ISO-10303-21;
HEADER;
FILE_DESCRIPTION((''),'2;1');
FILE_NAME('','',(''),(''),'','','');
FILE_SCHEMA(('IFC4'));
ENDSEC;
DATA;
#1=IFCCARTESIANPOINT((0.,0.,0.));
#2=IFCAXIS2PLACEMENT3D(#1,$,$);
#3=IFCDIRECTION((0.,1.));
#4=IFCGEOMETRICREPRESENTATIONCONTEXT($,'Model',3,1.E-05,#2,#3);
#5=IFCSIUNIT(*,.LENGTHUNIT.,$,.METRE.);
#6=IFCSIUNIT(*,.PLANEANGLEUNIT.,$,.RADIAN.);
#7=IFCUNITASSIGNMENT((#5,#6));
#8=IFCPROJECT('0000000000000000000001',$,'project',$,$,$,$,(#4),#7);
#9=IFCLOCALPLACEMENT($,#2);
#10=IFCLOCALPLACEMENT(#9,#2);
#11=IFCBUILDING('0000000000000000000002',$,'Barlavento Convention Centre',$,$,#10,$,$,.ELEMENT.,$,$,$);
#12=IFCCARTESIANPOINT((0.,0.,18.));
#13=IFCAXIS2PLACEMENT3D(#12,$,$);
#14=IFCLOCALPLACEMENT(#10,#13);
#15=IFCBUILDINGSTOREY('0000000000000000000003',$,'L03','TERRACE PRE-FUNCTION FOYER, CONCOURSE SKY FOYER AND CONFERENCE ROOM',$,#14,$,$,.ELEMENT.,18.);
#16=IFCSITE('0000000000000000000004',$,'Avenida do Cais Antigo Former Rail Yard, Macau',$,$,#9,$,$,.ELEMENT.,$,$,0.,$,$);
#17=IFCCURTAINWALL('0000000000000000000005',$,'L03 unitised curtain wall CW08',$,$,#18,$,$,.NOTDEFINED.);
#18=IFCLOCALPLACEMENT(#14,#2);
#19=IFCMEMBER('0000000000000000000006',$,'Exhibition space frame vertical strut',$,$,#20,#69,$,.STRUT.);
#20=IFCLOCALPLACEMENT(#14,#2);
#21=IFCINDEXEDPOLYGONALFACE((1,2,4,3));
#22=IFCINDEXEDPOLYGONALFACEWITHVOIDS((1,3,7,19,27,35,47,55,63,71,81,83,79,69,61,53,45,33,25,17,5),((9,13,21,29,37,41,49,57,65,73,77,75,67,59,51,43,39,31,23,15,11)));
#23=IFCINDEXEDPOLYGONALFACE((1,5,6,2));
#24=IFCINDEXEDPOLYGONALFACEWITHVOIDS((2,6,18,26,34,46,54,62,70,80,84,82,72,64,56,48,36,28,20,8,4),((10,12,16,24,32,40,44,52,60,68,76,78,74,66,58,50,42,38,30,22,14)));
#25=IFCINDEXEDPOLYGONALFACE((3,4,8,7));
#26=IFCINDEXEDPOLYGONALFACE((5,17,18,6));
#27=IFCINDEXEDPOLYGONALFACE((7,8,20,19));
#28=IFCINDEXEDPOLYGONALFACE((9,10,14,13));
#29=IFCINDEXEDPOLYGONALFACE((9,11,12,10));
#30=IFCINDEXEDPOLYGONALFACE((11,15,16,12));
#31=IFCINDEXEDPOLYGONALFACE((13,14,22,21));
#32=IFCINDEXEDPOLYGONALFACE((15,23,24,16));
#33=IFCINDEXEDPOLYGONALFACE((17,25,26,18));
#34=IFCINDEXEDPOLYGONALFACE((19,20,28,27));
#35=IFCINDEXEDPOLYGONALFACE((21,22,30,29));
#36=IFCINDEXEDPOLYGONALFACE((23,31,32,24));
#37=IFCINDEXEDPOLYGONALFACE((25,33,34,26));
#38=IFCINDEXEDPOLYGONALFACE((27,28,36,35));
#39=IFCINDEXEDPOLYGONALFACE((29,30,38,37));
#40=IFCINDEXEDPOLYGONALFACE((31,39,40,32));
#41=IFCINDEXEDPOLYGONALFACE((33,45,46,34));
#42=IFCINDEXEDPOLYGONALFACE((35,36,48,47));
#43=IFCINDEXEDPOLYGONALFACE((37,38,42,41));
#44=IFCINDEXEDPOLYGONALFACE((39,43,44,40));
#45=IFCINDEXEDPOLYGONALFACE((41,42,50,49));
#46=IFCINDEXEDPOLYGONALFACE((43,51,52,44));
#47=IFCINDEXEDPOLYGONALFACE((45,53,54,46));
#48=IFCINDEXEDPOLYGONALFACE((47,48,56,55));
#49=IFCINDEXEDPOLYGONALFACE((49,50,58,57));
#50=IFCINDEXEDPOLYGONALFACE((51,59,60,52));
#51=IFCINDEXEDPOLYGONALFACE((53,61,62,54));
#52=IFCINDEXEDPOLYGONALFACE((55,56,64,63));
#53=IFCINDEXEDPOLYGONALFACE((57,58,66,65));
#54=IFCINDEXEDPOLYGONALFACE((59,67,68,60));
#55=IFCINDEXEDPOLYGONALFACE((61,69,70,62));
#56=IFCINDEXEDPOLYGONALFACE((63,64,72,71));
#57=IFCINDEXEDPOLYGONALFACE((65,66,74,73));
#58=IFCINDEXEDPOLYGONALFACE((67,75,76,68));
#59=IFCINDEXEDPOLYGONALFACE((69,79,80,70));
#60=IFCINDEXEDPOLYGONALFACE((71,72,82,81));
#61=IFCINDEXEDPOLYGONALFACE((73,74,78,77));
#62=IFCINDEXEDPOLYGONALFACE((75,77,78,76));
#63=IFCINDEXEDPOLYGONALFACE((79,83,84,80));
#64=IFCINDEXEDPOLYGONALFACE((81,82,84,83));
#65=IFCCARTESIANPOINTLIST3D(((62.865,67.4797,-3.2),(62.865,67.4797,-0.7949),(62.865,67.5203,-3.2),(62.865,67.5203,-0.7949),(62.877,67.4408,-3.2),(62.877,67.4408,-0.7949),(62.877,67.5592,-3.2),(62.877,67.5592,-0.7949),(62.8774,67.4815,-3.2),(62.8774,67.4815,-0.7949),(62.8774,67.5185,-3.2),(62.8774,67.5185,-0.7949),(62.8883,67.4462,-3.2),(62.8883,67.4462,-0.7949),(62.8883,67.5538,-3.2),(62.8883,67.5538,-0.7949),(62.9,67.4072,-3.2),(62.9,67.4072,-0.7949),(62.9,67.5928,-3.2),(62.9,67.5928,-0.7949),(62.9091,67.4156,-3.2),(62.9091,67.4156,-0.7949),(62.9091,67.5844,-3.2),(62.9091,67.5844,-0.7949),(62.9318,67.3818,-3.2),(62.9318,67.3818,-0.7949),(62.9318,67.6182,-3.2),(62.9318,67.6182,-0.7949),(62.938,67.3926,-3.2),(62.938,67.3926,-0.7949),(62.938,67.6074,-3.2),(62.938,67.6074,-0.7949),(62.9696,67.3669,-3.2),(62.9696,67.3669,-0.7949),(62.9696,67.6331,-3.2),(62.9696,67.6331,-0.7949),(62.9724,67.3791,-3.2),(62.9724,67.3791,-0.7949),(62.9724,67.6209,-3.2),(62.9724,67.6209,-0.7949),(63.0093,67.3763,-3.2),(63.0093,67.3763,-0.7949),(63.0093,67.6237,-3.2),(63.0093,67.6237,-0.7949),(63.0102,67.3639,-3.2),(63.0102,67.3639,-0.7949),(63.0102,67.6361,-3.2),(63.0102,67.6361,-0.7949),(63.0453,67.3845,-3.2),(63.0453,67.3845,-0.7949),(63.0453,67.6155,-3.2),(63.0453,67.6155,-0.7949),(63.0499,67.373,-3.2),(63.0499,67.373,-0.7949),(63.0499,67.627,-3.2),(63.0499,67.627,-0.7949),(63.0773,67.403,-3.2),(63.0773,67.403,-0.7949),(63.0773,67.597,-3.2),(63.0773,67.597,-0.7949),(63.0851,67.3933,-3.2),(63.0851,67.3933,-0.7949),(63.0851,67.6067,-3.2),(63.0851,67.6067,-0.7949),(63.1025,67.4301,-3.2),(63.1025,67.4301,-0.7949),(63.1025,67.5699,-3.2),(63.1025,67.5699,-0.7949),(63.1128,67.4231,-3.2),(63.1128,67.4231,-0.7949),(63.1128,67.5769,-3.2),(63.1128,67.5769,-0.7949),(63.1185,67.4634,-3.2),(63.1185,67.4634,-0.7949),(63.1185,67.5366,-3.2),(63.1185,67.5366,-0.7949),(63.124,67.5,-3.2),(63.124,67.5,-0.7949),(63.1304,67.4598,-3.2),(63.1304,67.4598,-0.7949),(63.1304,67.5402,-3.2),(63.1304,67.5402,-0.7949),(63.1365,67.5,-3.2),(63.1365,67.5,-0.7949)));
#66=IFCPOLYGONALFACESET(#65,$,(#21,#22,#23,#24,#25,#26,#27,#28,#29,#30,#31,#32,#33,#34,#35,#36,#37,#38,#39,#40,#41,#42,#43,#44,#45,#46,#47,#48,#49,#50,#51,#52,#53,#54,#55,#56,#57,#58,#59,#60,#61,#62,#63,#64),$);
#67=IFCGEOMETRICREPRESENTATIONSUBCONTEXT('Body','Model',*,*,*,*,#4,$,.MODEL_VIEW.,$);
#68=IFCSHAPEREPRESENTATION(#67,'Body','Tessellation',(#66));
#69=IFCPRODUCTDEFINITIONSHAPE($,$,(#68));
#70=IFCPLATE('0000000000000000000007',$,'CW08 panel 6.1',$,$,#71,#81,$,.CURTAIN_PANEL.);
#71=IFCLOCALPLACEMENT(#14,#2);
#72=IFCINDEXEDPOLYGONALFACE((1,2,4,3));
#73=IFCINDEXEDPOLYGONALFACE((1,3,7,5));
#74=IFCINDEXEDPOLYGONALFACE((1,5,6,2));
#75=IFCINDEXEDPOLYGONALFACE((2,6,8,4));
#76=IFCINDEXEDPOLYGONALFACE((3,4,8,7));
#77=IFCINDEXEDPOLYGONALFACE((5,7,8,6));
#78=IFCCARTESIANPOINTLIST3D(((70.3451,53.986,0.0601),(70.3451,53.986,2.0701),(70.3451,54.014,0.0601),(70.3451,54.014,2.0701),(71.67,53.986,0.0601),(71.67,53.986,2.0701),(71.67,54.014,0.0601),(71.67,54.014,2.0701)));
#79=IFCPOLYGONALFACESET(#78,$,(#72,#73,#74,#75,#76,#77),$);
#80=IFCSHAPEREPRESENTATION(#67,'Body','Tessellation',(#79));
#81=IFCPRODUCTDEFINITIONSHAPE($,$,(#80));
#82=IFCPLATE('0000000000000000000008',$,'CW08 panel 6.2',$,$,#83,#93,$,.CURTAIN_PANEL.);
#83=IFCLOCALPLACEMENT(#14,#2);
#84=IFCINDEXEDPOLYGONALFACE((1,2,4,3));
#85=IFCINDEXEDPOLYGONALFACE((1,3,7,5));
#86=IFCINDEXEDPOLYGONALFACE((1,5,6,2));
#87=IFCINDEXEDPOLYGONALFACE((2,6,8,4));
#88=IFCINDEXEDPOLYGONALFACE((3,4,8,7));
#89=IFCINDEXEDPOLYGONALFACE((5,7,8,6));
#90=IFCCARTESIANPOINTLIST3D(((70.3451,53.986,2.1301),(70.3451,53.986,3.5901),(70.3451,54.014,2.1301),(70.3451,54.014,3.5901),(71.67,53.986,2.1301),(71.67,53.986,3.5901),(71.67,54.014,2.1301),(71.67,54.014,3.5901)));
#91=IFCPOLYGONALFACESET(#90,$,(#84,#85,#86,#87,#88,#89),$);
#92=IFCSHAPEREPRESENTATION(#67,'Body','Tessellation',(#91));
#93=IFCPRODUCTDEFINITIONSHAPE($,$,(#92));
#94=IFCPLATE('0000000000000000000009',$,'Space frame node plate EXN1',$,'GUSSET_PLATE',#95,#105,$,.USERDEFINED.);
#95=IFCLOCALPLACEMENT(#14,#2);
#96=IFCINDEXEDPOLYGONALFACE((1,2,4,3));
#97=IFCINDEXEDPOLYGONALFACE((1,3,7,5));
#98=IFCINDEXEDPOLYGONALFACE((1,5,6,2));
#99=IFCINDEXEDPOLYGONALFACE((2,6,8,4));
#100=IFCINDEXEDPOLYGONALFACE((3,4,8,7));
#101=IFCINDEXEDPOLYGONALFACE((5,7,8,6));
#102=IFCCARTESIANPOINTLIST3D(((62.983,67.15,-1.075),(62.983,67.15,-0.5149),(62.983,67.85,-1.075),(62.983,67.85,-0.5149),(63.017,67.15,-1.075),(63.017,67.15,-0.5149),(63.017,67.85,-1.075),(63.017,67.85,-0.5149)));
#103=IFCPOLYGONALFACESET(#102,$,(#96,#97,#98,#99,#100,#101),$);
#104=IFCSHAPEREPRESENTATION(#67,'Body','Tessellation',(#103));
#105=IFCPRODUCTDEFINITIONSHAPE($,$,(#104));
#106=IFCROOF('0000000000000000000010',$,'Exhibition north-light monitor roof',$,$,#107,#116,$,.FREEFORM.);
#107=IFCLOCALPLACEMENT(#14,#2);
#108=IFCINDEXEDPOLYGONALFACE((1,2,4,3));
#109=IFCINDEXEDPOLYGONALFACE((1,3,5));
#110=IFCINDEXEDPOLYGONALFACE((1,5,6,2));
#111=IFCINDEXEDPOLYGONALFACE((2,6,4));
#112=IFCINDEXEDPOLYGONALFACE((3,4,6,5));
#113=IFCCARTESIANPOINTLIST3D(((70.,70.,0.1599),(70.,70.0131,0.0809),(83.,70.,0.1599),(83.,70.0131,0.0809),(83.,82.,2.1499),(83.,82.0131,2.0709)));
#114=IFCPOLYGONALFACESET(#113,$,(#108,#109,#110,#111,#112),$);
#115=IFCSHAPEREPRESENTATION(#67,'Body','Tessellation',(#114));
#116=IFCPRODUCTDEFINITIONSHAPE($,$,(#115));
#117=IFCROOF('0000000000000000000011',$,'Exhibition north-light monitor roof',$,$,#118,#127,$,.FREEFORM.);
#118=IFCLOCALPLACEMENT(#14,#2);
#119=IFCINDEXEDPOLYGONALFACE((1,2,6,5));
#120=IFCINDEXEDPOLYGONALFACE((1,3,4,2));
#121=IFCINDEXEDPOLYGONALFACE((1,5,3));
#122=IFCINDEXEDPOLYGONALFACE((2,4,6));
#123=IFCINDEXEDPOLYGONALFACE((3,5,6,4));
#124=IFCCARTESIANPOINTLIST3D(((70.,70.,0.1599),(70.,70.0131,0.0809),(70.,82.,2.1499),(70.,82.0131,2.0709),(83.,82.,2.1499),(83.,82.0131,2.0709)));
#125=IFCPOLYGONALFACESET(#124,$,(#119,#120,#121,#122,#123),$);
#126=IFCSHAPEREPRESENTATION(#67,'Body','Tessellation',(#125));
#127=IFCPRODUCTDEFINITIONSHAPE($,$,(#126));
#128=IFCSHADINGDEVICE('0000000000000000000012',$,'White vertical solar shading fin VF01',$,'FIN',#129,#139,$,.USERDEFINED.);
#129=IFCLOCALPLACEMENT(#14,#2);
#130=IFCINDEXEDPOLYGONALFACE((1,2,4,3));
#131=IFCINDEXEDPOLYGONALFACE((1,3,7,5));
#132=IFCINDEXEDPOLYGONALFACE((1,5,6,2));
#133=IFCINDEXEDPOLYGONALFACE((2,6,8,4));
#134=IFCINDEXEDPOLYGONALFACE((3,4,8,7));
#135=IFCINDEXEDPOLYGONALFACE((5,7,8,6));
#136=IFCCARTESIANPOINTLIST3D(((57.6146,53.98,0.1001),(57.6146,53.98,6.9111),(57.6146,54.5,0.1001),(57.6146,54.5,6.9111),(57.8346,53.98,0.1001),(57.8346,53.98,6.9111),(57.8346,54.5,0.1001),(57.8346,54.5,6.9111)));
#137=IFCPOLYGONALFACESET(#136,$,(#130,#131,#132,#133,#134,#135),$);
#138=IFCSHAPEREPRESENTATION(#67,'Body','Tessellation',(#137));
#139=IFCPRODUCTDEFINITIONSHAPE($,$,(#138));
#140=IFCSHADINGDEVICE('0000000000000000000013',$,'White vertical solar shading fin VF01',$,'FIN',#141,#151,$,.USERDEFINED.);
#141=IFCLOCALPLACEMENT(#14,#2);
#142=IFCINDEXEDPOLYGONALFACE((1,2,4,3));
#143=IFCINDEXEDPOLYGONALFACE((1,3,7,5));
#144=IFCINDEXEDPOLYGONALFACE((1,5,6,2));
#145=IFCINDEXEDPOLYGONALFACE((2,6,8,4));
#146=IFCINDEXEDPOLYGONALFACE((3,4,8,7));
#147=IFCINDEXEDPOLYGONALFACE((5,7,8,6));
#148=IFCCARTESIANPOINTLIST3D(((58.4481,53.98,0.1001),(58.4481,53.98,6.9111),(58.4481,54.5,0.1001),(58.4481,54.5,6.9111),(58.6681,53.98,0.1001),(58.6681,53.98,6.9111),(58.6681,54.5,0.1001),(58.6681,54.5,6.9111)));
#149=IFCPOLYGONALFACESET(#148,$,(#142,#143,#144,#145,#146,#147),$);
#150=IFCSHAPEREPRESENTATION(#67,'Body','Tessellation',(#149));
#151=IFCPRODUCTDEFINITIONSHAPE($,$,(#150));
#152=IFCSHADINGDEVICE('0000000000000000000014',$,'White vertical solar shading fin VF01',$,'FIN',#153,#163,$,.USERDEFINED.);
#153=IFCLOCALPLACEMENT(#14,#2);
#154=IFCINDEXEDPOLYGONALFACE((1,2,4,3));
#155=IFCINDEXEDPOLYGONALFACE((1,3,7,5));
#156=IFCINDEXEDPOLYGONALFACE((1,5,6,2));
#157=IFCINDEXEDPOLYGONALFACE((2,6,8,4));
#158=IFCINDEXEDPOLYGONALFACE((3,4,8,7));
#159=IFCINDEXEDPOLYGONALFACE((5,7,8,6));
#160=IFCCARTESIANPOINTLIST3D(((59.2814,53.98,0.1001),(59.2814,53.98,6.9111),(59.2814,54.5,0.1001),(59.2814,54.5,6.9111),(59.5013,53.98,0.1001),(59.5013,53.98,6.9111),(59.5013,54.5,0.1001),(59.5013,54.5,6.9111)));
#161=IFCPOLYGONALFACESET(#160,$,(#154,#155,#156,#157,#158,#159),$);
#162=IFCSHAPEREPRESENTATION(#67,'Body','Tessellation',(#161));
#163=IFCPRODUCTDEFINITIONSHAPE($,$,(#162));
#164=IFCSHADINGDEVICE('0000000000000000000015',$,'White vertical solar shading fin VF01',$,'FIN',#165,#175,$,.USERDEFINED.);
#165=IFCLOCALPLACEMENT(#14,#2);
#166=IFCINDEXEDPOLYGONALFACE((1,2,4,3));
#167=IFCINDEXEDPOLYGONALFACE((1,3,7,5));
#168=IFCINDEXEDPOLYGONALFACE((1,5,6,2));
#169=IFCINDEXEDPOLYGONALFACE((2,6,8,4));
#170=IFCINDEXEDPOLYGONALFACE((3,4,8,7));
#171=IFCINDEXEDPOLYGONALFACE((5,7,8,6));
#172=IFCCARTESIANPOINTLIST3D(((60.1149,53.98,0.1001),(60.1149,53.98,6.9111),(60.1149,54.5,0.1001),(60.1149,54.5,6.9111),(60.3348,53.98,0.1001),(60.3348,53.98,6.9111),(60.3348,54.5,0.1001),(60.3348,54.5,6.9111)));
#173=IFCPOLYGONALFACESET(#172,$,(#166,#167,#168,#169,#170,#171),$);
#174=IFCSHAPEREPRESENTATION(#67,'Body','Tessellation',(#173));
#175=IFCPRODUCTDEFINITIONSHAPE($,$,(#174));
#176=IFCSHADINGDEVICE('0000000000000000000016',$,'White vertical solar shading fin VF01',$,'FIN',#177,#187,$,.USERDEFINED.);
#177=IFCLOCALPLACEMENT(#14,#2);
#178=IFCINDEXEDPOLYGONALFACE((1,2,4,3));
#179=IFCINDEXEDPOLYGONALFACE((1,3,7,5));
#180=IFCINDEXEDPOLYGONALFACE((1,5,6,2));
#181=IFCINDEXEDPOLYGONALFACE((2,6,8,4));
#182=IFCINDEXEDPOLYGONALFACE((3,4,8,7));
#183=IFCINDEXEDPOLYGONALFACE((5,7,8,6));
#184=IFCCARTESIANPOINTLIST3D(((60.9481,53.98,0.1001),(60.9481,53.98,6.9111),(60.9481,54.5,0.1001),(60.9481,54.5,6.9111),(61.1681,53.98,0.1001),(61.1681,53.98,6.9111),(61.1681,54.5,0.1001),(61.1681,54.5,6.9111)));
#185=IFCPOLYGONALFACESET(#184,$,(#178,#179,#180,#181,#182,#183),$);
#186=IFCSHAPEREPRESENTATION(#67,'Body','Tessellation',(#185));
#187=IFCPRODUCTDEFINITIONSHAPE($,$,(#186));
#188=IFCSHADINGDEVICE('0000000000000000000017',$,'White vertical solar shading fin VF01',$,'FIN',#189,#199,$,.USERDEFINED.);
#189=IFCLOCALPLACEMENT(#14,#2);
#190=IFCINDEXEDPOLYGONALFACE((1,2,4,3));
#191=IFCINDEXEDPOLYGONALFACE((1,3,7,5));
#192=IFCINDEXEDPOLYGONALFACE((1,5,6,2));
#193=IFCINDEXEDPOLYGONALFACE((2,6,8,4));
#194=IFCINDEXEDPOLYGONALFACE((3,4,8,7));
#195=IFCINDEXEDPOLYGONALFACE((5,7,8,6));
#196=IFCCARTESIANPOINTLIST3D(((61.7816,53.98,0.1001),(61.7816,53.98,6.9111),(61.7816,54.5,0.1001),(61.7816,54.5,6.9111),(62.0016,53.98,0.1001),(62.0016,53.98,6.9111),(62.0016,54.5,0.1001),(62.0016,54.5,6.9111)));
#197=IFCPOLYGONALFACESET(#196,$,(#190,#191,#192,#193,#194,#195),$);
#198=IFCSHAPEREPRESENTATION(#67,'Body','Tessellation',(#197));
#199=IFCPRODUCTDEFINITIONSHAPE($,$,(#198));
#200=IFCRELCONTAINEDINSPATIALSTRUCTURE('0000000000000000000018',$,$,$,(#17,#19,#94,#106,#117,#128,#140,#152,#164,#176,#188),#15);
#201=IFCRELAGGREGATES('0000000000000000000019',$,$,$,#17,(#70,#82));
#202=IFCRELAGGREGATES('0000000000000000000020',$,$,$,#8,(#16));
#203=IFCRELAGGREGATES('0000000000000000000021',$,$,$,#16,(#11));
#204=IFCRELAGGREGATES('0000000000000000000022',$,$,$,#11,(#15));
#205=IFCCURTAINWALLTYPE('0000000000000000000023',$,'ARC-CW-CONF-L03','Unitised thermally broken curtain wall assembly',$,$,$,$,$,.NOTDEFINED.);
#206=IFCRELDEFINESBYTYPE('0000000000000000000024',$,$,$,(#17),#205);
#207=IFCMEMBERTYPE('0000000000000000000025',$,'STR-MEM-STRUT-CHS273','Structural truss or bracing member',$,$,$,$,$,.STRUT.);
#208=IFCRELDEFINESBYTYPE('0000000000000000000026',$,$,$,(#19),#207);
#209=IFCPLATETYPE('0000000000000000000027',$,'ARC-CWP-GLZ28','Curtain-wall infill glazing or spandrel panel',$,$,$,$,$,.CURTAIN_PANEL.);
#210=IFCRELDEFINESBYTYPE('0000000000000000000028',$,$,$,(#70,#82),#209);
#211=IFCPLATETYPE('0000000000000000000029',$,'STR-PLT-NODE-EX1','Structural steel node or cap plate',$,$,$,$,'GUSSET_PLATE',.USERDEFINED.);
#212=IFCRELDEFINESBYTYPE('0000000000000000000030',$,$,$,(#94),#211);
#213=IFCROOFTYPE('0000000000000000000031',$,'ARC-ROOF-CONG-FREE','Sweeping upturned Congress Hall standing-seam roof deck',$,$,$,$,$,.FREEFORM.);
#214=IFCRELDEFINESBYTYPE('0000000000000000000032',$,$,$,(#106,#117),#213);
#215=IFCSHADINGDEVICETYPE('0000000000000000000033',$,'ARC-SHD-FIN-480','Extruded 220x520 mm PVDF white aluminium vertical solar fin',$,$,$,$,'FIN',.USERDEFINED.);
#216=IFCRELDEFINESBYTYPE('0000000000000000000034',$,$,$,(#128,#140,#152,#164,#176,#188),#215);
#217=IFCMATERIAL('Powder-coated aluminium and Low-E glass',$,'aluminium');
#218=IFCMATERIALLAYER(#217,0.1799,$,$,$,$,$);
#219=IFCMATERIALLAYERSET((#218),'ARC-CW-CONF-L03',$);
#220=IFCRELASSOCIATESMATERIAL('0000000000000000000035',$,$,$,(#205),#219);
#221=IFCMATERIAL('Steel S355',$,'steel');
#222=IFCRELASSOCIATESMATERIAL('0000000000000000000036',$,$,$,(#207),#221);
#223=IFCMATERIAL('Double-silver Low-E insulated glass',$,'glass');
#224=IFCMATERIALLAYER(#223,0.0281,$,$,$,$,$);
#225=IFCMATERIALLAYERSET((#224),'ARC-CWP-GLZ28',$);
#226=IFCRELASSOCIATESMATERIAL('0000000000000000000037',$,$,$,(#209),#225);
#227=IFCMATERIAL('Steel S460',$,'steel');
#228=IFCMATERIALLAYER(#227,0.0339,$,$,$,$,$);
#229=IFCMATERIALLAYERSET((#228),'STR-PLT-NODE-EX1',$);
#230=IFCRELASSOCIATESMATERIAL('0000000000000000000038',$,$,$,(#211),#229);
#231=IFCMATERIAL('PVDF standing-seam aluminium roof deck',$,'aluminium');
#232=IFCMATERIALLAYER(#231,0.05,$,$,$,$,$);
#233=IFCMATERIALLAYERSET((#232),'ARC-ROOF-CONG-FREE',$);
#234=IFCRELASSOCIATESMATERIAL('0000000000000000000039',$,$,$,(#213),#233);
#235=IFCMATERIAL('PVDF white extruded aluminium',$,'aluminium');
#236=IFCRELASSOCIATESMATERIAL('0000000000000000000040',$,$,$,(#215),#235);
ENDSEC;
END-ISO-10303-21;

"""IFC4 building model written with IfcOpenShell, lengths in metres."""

from ifc_helpers import new_model, si_unit, direction, frame, origin, origin_2d, place, context, subcontext, project, spatial, polyline, rectangle, hollow_circle, outline, extrude, material, layer, layer_set, material_profile, profile_set, type_object, element, aggregate, save


model = new_model("IFC4")

# Units and contexts
model_context = context("Model", 3, precision=1e-05, world=origin(), true_north=direction((0.0, 1.0)))
body_context = subcontext(model_context, "Body", "Model", "MODEL_VIEW")
ifc_project = project(units=[si_unit("LENGTHUNIT", "METRE"), si_unit("PLANEANGLEUNIT", "RADIAN")], contexts=[model_context])

# Site, building, storey
site_placement = place(None, origin())
site = spatial("IfcSite", under=ifc_project, at=site_placement, Name="Avenida do Cais Antigo Former Rail Yard, Macau", CompositionType="ELEMENT", RefElevation=0.0)
building_placement = place(site_placement, origin())
building = spatial("IfcBuilding", under=site, at=building_placement, Name="Barlavento Convention Centre", CompositionType="ELEMENT")
storey_placement = place(building_placement, frame((0.0, 0.0, 18.0)))
storey = spatial("IfcBuildingStorey", under=building, at=storey_placement, Name="L03", Description="TERRACE PRE-FUNCTION FOYER, CONCOURSE SKY FOYER AND CONFERENCE ROOM", CompositionType="ELEMENT", Elevation=18.0)

# Shared definitions
ifc_material_1 = material(Name="Steel S355", Category="steel")

# Curtain wall
ifc_material_2 = material(Name="Powder-coated aluminium and Low-E glass", Category="aluminium")
ifc_layer_1 = layer(ifc_material_2, 0.1799)
ifc_layer_set_1 = layer_set([ifc_layer_1], Name="ARC-CW-CONF-L03")
curtain_wall_type = type_object("IfcCurtainWallType", Name="ARC-CW-CONF-L03", Description="Unitised thermally broken curtain wall assembly", PredefinedType="NOTDEFINED", material=ifc_layer_set_1)
curtain_wall_placement = place(storey_placement, origin())
curtain_wall = element("IfcCurtainWall", 1, at=curtain_wall_placement, inside=storey, type_object=curtain_wall_type, Name="L03 unitised curtain wall CW08", PredefinedType="NOTDEFINED")

# Shared definitions
ifc_material_3 = material(Name="Steel S460", Category="steel")

# Member
ifc_material_profile_1 = material_profile(ifc_material_1, hollow_circle(Radius=0.1365, WallThickness=0.0125, at=origin_2d()), Name="CHS 273.0x12.5")
ifc_profile_set_1 = profile_set([ifc_material_profile_1], Name="Steel S355")
member_type_1 = type_object("IfcMemberType", Name="STR-MEM-STRUT-CHS273", Description="Structural truss or bracing member", PredefinedType="STRUT", material=ifc_profile_set_1)
member_1_placement = place(storey_placement, frame((63.0, 67.5, -3.2), z_axis=(0.0, 0.0, 1.0), x_axis=(1.0, 0.0, 0.0)))
element("IfcMember", 2, at=member_1_placement, inside=storey, type_object=member_type_1, Name="Exhibition space frame vertical strut", PredefinedType="STRUT", context=body_context, shape_type="SweptSolid", body=[
    extrude(hollow_circle(Radius=0.1365, WallThickness=0.0125, at=origin_2d()), origin(), (0.0, 0.0, 1.0), 2.405),
])

# Plates
ifc_material_4 = material(Name="Double-silver Low-E insulated glass", Category="glass")
ifc_layer_2 = layer(ifc_material_4, 0.0281)
ifc_layer_set_2 = layer_set([ifc_layer_2], Name="ARC-CWP-GLZ28")
plate_type_1 = type_object("IfcPlateType", Name="ARC-CWP-GLZ28", Description="Curtain-wall infill glazing or spandrel panel", PredefinedType="CURTAIN_PANEL", material=ifc_layer_set_2)
plate_1_placement = place(storey_placement, frame((71.0076, 54.0, 0.0601), z_axis=(0.0, 0.0, 1.0), x_axis=(1.0, 0.0, 0.0)))
plate_1 = element("IfcPlate", 3, at=plate_1_placement, type_object=plate_type_1, Name="CW08 panel 6.1", PredefinedType="CURTAIN_PANEL", context=body_context, shape_type="SweptSolid", body=[
    extrude(rectangle(XDim=1.325, YDim=0.0281, at=origin_2d()), origin(), (0.0, 0.0, 1.0), 2.01),
])
plate_2_placement = place(storey_placement, frame((71.0076, 54.0, 2.1301), z_axis=(0.0, 0.0, 1.0), x_axis=(1.0, 0.0, 0.0)))
plate_2 = element("IfcPlate", 4, at=plate_2_placement, type_object=plate_type_1, Name="CW08 panel 6.2", PredefinedType="CURTAIN_PANEL", context=body_context, shape_type="SweptSolid", body=[
    extrude(rectangle(XDim=1.325, YDim=0.0281, at=origin_2d()), origin(), (0.0, 0.0, 1.0), 1.46),
])
aggregate(curtain_wall, [plate_1, plate_2])
ifc_layer_3 = layer(ifc_material_3, 0.0339)
ifc_layer_set_3 = layer_set([ifc_layer_3], Name="STR-PLT-NODE-EX1")
plate_type_2 = type_object("IfcPlateType", Name="STR-PLT-NODE-EX1", Description="Structural steel node or cap plate", ElementType="GUSSET_PLATE", PredefinedType="USERDEFINED", material=ifc_layer_set_3)
plate_3_placement = place(storey_placement, frame((63.0, 67.5, -1.075), z_axis=(0.0, 0.0, 1.0), x_axis=(1.0, 0.0, 0.0)))
element("IfcPlate", 5, at=plate_3_placement, inside=storey, type_object=plate_type_2, Name="Space frame node plate EXN1", ObjectType="GUSSET_PLATE", PredefinedType="USERDEFINED", context=body_context, shape_type="SweptSolid", body=[
    extrude(rectangle(XDim=0.0339, YDim=0.7, at=origin_2d()), origin(), (0.0, 0.0, 1.0), 0.5601),
])

# Roofs
ifc_material_5 = material(Name="PVDF standing-seam aluminium roof deck", Category="aluminium")
ifc_layer_4 = layer(ifc_material_5, 0.05)
ifc_layer_set_4 = layer_set([ifc_layer_4], Name="ARC-ROOF-CONG-FREE")
roof_type = type_object("IfcRoofType", Name="ARC-ROOF-CONG-FREE", Description="Sweeping upturned Congress Hall standing-seam roof deck", PredefinedType="FREEFORM", material=ifc_layer_set_4)
roof_1_placement = place(storey_placement, frame((70.0, 70.0, 0.1599), z_axis=(0.0, -0.163598, 0.986527), x_axis=(1.0, 0.0, 0.0)))
element("IfcRoof", 6, at=roof_1_placement, inside=storey, type_object=roof_type, Name="Exhibition north-light monitor roof", PredefinedType="FREEFORM", context=body_context, shape_type="SweptSolid", body=[
    extrude(outline(polyline([(0.0, 0.0), (13.0, 0.0), (13.0, 12.1639), (0.0, 0.0)])), origin(), (0.0, 0.0, -1.0), 0.0801),
])
roof_2_placement = place(storey_placement, frame((70.0, 70.0, 0.1599), z_axis=(0.0, -0.163598, 0.986527), x_axis=(0.730199, 0.67403, 0.111776)))
element("IfcRoof", 7, at=roof_2_placement, inside=storey, type_object=roof_type, Name="Exhibition north-light monitor roof", PredefinedType="FREEFORM", context=body_context, shape_type="SweptSolid", body=[
    extrude(outline(polyline([(0.0, 0.0), (17.8034, 0.0), (8.3108, 8.8821), (0.0, 0.0)])), origin(), (0.0, 0.0, -1.0), 0.0801),
])

# Shading devices
ifc_material_6 = material(Name="PVDF white extruded aluminium", Category="aluminium")
shading_device_type = type_object("IfcShadingDeviceType", Name="ARC-SHD-FIN-480", Description="Extruded 220x520 mm PVDF white aluminium vertical solar fin", ElementType="FIN", PredefinedType="USERDEFINED", material=ifc_material_6)
for number, where, z_axis, x_axis, name in (
    (8, (57.7246, 54.24, 0.1001), (0.0, 0.0, 1.0), (1.0, 0.0, 0.0), "White vertical solar shading fin VF01"),
    (9, (58.5581, 54.24, 0.1001), (0.0, 0.0, 1.0), (1.0, 0.0, 0.0), "White vertical solar shading fin VF01"),
    (10, (59.3914, 54.24, 0.1001), (0.0, 0.0, 1.0), (1.0, 0.0, 0.0), "White vertical solar shading fin VF01"),
    (11, (60.2249, 54.24, 0.1001), (0.0, 0.0, 1.0), (1.0, 0.0, 0.0), "White vertical solar shading fin VF01"),
    (12, (61.0581, 54.24, 0.1001), (0.0, 0.0, 1.0), (1.0, 0.0, 0.0), "White vertical solar shading fin VF01"),
    (13, (61.8916, 54.24, 0.1001), (0.0, 0.0, 1.0), (1.0, 0.0, 0.0), "White vertical solar shading fin VF01"),
):
    element("IfcShadingDevice", number, at=place(storey_placement, frame(where, z_axis=z_axis, x_axis=x_axis)), inside=storey, type_object=shading_device_type, Name=name, ObjectType="FIN", PredefinedType="USERDEFINED", context=body_context, shape_type="SweptSolid", body=[
        extrude(rectangle(XDim=0.22, YDim=0.52, at=origin_2d()), origin(), (0.0, 0.0, 1.0), 6.811),
    ])

save(model, "model.ifc")
